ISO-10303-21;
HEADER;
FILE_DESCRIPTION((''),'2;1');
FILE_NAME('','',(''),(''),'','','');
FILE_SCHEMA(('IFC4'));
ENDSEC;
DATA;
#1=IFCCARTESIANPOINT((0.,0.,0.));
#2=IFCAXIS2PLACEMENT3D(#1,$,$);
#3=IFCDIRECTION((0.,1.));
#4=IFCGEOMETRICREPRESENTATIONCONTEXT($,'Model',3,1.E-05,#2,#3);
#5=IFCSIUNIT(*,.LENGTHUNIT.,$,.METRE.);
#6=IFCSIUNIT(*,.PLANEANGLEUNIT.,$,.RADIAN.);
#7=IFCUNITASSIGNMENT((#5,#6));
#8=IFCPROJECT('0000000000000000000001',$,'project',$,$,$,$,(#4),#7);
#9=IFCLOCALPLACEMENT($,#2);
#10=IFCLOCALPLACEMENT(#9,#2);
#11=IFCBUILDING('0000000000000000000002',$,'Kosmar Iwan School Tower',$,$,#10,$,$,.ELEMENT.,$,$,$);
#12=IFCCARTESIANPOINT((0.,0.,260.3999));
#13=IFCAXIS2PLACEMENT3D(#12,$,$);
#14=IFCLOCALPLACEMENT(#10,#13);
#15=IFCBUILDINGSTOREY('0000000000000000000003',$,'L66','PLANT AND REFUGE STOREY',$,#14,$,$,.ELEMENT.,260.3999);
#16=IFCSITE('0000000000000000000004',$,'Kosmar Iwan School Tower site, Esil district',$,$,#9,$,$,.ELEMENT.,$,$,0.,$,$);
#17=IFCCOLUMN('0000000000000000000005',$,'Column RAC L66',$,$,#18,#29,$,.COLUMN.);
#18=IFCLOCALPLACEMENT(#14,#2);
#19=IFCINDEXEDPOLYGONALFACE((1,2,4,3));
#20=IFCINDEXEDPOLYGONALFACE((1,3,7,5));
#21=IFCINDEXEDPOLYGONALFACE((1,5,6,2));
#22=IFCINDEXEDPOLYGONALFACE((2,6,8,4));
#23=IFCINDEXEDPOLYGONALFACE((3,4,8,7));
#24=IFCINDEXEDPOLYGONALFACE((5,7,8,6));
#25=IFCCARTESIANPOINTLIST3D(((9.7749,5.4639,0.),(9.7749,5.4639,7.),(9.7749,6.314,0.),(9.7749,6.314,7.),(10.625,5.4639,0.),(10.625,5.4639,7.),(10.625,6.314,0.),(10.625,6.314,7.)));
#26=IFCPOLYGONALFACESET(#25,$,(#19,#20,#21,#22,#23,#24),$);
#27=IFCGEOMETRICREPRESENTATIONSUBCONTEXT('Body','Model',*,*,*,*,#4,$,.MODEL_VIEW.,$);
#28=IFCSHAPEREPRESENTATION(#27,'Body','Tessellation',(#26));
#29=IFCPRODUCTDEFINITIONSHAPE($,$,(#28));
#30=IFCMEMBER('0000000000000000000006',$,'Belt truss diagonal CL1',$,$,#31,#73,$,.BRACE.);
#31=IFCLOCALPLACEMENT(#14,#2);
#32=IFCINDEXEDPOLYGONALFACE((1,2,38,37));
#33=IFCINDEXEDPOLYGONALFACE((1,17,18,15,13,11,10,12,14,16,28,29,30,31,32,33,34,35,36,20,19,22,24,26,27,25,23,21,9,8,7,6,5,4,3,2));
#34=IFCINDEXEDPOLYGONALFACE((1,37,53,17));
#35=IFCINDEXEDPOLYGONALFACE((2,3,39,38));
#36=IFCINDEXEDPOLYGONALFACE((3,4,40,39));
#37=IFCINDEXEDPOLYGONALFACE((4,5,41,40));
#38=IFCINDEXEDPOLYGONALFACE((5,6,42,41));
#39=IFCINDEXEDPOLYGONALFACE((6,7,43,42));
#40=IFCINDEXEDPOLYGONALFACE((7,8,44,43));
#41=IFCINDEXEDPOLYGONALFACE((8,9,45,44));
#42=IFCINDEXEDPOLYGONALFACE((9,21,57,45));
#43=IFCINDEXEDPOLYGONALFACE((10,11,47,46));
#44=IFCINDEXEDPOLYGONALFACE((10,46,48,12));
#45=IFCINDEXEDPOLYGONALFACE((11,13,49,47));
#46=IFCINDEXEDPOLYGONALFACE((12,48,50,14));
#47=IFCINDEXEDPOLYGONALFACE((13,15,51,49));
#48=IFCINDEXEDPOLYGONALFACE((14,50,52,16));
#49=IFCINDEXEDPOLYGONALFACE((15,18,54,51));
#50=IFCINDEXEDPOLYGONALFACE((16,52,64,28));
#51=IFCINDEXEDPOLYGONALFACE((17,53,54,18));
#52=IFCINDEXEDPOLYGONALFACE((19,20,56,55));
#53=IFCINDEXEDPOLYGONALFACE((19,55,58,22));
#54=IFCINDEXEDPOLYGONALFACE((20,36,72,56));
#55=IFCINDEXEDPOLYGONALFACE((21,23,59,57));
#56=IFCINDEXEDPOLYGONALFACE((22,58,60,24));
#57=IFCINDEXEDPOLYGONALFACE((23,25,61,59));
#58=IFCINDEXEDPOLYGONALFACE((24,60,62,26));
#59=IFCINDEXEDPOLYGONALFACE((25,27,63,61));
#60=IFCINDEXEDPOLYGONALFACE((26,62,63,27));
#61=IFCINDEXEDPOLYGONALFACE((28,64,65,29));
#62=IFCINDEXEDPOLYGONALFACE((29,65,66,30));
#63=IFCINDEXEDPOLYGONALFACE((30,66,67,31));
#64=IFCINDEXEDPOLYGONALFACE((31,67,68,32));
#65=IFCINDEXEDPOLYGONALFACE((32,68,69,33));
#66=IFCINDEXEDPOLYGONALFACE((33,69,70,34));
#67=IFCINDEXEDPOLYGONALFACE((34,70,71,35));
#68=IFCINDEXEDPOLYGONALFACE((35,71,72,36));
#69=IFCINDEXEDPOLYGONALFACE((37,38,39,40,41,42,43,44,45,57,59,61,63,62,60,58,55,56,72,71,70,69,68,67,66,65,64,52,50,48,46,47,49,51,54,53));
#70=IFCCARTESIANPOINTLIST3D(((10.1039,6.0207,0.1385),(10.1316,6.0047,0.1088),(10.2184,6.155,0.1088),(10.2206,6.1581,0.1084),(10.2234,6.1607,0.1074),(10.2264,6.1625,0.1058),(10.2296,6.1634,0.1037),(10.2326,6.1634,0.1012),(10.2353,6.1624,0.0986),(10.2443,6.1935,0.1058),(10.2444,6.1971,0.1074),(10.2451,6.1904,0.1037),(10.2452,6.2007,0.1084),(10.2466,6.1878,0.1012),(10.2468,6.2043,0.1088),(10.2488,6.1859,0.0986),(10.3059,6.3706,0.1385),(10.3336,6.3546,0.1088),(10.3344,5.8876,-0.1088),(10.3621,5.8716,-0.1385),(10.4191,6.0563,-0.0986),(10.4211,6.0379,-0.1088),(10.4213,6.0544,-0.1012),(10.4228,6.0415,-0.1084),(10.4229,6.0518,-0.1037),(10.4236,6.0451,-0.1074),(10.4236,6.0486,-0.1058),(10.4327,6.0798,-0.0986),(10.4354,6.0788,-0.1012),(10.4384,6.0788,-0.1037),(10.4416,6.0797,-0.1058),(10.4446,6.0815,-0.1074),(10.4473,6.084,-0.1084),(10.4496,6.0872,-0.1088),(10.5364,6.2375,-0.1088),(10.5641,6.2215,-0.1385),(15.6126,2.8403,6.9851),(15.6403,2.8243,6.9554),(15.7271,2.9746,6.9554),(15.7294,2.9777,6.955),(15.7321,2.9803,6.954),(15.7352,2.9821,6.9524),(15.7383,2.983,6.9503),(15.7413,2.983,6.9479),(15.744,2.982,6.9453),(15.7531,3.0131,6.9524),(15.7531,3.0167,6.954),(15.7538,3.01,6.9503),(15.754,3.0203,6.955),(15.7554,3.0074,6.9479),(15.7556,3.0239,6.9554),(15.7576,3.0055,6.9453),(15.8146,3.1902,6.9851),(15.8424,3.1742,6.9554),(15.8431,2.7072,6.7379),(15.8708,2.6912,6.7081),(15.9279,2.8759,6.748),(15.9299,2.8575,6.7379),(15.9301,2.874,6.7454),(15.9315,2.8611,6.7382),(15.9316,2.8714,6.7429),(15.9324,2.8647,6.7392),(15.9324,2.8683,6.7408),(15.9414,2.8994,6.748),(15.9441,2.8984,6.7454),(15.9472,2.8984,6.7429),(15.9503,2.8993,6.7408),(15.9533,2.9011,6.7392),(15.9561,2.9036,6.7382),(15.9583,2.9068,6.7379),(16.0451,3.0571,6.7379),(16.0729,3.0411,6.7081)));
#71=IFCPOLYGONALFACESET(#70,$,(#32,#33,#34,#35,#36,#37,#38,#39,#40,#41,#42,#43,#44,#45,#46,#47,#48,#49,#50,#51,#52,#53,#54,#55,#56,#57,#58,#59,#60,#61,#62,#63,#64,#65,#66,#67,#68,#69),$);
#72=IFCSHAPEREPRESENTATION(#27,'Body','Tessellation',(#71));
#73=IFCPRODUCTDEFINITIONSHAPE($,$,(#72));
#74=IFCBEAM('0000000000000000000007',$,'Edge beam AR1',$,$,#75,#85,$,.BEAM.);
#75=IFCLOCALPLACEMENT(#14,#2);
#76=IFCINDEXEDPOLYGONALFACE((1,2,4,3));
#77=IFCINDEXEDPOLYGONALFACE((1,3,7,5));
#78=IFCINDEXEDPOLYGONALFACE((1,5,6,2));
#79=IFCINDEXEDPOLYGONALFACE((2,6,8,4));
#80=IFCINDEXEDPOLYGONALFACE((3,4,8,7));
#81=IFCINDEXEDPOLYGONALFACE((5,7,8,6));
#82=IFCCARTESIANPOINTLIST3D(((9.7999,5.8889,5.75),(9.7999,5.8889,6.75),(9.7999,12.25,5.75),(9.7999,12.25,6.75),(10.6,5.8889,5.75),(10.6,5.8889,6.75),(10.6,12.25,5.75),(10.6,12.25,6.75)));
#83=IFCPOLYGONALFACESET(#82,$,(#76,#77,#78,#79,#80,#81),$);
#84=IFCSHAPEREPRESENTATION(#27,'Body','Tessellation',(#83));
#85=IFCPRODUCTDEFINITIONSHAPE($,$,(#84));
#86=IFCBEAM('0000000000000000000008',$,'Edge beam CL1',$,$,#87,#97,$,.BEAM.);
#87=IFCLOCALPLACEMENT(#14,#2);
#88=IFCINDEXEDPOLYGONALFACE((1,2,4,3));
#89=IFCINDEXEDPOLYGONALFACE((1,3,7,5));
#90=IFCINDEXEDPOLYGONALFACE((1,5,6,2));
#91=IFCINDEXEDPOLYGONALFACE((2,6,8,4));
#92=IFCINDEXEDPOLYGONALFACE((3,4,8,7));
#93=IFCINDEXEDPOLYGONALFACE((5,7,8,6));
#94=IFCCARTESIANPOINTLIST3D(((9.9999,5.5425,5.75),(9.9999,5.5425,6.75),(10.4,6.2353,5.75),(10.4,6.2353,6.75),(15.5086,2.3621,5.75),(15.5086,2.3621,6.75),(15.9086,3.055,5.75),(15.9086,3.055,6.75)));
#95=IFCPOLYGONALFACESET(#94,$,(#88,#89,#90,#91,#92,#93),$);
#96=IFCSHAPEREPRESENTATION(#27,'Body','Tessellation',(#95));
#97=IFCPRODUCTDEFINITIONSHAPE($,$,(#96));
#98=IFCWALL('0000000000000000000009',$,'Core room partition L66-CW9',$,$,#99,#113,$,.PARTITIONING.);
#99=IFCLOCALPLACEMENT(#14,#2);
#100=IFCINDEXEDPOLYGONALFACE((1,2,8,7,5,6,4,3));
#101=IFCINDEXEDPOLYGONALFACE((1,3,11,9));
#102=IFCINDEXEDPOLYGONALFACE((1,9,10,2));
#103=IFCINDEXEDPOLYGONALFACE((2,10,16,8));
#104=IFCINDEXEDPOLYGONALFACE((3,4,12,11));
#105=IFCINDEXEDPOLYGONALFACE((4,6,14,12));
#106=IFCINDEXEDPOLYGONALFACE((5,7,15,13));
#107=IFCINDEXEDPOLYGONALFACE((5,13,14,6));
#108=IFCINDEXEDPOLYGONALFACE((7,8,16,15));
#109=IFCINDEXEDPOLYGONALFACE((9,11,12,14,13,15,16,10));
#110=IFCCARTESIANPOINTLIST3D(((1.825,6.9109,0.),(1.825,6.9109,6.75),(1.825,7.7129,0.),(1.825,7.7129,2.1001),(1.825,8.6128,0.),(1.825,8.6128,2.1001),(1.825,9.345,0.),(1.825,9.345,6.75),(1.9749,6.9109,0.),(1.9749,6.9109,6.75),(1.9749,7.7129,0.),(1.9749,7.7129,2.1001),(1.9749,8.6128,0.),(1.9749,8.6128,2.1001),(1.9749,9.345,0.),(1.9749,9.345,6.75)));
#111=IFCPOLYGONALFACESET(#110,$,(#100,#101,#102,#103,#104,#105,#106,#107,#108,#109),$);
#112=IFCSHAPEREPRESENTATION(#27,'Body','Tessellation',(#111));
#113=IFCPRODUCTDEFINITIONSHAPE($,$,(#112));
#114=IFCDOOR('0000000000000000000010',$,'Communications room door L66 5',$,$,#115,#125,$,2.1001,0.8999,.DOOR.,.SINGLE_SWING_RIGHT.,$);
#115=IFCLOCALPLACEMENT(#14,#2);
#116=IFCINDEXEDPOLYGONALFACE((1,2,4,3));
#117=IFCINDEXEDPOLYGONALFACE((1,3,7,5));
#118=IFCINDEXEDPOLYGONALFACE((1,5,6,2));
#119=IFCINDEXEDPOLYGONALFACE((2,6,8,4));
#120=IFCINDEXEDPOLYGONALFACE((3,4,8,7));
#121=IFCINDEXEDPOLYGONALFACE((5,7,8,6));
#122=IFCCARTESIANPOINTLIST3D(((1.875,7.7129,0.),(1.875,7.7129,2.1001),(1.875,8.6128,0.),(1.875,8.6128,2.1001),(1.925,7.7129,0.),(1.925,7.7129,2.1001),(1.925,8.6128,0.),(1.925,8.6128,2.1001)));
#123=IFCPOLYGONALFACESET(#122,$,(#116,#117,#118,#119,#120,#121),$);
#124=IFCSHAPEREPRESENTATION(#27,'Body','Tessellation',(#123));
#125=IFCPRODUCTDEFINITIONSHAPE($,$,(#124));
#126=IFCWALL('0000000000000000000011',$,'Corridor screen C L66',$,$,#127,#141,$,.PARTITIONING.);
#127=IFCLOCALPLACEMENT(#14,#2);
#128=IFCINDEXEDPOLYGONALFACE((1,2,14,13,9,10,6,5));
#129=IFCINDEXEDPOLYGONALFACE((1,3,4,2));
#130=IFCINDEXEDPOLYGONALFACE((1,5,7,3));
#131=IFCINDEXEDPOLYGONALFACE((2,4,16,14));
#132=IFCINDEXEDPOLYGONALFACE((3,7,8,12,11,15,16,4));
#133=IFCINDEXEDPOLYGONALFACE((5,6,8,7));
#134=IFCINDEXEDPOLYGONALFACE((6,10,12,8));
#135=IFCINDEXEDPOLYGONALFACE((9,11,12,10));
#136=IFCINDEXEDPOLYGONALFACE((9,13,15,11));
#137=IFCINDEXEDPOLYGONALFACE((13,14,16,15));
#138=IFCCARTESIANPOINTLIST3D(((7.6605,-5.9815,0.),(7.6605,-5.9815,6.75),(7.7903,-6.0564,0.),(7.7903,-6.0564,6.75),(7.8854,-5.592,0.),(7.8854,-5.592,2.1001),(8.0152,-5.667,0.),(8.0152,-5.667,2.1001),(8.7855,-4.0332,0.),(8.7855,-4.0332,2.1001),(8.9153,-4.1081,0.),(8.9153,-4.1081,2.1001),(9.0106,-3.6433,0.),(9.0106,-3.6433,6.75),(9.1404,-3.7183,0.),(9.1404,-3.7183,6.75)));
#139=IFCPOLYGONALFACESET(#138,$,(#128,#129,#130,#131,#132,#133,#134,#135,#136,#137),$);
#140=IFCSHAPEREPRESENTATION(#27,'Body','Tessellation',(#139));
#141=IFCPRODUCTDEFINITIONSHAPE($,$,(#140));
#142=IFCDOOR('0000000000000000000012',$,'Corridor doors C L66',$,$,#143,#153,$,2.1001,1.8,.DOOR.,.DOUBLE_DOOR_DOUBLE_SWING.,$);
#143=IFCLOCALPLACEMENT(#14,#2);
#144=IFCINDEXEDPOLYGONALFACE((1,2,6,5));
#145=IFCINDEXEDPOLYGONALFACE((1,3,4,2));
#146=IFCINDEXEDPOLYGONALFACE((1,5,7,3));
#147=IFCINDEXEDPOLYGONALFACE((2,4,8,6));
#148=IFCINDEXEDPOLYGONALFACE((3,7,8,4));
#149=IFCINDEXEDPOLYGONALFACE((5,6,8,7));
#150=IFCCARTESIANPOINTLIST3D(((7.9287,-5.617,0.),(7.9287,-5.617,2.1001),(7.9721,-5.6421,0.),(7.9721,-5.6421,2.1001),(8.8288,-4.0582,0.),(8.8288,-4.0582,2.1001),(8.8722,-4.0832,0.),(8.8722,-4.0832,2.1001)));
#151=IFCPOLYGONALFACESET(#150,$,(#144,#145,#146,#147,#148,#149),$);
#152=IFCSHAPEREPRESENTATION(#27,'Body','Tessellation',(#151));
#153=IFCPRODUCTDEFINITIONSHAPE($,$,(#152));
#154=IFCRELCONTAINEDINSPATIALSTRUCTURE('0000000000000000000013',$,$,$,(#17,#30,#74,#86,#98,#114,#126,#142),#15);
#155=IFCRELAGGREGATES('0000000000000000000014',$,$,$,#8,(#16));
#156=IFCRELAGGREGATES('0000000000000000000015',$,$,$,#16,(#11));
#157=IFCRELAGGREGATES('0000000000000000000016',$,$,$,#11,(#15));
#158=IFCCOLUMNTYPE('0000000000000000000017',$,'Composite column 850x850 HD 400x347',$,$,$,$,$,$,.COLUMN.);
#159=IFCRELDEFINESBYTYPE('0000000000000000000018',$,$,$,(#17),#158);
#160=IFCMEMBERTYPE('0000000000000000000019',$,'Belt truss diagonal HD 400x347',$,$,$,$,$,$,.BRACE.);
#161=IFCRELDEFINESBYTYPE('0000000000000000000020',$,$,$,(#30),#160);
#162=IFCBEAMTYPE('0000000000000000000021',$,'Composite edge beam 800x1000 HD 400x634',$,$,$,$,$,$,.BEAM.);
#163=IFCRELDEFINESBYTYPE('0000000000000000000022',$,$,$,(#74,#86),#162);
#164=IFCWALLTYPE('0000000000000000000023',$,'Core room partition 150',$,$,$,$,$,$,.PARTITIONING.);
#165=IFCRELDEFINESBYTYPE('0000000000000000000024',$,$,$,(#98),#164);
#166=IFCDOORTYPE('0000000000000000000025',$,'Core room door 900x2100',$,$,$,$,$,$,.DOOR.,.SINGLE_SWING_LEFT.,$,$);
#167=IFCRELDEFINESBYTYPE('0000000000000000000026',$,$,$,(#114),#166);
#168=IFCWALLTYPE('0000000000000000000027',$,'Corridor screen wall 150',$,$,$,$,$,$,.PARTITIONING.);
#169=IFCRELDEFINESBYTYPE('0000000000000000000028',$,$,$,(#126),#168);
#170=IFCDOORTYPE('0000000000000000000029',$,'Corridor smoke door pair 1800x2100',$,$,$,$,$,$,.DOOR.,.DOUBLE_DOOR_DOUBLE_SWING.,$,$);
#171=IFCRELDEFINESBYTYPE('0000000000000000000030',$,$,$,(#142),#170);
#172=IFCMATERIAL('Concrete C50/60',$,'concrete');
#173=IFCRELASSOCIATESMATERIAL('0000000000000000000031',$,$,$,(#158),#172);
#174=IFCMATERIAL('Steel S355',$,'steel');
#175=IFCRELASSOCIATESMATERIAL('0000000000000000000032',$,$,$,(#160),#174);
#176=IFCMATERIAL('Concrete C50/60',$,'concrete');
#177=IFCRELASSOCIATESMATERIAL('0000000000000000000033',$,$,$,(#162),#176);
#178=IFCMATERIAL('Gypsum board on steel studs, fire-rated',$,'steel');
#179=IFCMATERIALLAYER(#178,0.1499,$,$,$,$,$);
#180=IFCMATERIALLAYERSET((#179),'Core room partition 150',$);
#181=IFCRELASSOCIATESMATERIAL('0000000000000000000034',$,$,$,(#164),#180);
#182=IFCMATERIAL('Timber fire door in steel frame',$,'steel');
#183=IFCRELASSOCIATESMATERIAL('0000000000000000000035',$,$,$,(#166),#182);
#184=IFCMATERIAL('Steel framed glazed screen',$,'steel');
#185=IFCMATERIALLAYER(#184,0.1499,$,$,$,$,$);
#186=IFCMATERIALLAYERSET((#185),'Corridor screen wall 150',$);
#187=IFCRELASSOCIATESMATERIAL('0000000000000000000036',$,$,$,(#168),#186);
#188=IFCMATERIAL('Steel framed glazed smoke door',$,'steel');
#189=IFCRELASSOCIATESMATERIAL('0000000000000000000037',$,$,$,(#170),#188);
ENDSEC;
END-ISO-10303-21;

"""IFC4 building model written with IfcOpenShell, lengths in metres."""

from ifc_helpers import new_model, si_unit, direction, frame, frame_2d, origin, origin_2d, place, context, subcontext, project, spatial, rectangle, i_section, extrude, material, layer, layer_set, material_profile, profile_set, type_object, element, fill, save


model = new_model("IFC4")

# Units and contexts
model_context = context("Model", 3, precision=1e-05, world=origin(), true_north=direction((0.0, 1.0)))
body_context = subcontext(model_context, "Body", "Model", "MODEL_VIEW")
ifc_project = project(units=[si_unit("LENGTHUNIT", "METRE"), si_unit("PLANEANGLEUNIT", "RADIAN")], contexts=[model_context])

# Site, building, storey
site_placement = place(None, origin())
site = spatial("IfcSite", under=ifc_project, at=site_placement, Name="Kosmar Iwan School Tower site, Esil district", CompositionType="ELEMENT", RefElevation=0.0)
building_placement = place(site_placement, origin())
building = spatial("IfcBuilding", under=site, at=building_placement, Name="Kosmar Iwan School Tower", CompositionType="ELEMENT")
storey_placement = place(building_placement, frame((0.0, 0.0, 260.3999)))
storey = spatial("IfcBuildingStorey", under=building, at=storey_placement, Name="L66", Description="PLANT AND REFUGE STOREY", CompositionType="ELEMENT", Elevation=260.3999)

# Column
ifc_material_1 = material(Name="Concrete C50/60", Category="concrete")
ifc_material_profile_1 = material_profile(ifc_material_1, rectangle(XDim=0.8501, YDim=0.8501, at=origin_2d()), Name="RC 850x850 + HD 400x347")
ifc_profile_set_1 = profile_set([ifc_material_profile_1], Name="Concrete C50/60")
column_type = type_object("IfcColumnType", Name="Composite column 850x850 HD 400x347", PredefinedType="COLUMN", material=ifc_profile_set_1)
column_placement = place(storey_placement, frame((10.2, 5.8889, 0.0), z_axis=(0.0, 0.0, 1.0), x_axis=(1.0, 0.0, 0.0)))
element("IfcColumn", 1, at=column_placement, inside=storey, type_object=column_type, Name="Column RAC L66", PredefinedType="COLUMN", context=body_context, shape_type="SweptSolid", body=[
    extrude(rectangle(XDim=0.8501, YDim=0.8501, at=origin_2d()), origin(), (0.0, 0.0, 1.0), 7.0),
])

# Member
ifc_material_2 = material(Name="Steel S355", Category="steel")
ifc_material_profile_2 = material_profile(ifc_material_2, i_section(OverallWidth=0.4041, OverallDepth=0.407, WebThickness=0.0271, FlangeThickness=0.0437, FilletRadius=0.0149, at=origin_2d()), Name="HD 400x347")
ifc_profile_set_2 = profile_set([ifc_material_profile_2], Name="Steel S355")
member_type = type_object("IfcMemberType", Name="Belt truss diagonal HD 400x347", PredefinedType="BRACE", material=ifc_profile_set_2)
member_placement = place(storey_placement, frame((10.334, 6.1211, 0.0), z_axis=(0.589457, -0.340315, 0.732616), x_axis=(0.49999, 0.866031, 0.0)))
element("IfcMember", 2, at=member_placement, inside=storey, type_object=member_type, Name="Belt truss diagonal CL1", PredefinedType="BRACE", context=body_context, shape_type="SweptSolid", body=[
    extrude(i_section(OverallWidth=0.4041, OverallDepth=0.407, WebThickness=0.0271, FlangeThickness=0.0437, FilletRadius=0.0149, at=origin_2d()), origin(), (0.0, 0.0, 1.0), 9.3455),
])

# Beams
ifc_material_3 = material(Name="Concrete C50/60", Category="concrete")
ifc_material_profile_3 = material_profile(ifc_material_3, rectangle(XDim=0.8, YDim=1.0, at=origin_2d()), Name="RC 800x1000 + HD 400x634")
ifc_profile_set_3 = profile_set([ifc_material_profile_3], Name="Concrete C50/60")
beam_type = type_object("IfcBeamType", Name="Composite edge beam 800x1000 HD 400x634", PredefinedType="BEAM", material=ifc_profile_set_3)
beam_1_placement = place(storey_placement, frame((10.2, 5.8889, 6.25), z_axis=(0.0, 1.0, 0.0), x_axis=(-1.0, 0.0, 0.0)))
element("IfcBeam", 3, at=beam_1_placement, inside=storey, type_object=beam_type, Name="Edge beam AR1", PredefinedType="BEAM", context=body_context, shape_type="SweptSolid", body=[
    extrude(rectangle(XDim=0.8, YDim=1.0, at=origin_2d()), origin(), (0.0, 0.0, 1.0), 6.3611),
])
beam_2_placement = place(storey_placement, frame((10.2, 5.8889, 6.25), z_axis=(0.866031, -0.49999, 0.0), x_axis=(0.49999, 0.866031, 0.0)))
element("IfcBeam", 4, at=beam_2_placement, inside=storey, type_object=beam_type, Name="Edge beam CL1", PredefinedType="BEAM", context=body_context, shape_type="SweptSolid", body=[
    extrude(rectangle(XDim=0.8, YDim=1.0, at=origin_2d()), origin(), (0.0, 0.0, 1.0), 6.3608),
])

# Walls, openings, doors
ifc_material_4 = material(Name="Gypsum board on steel studs, fire-rated", Category="steel")
ifc_layer_1 = layer(ifc_material_4, 0.1499)
ifc_layer_set_1 = layer_set([ifc_layer_1], Name="Core room partition 150")
wall_type_1 = type_object("IfcWallType", Name="Core room partition 150", PredefinedType="PARTITIONING", material=ifc_layer_set_1)
wall_1_placement = place(storey_placement, frame((1.8999, 6.9109, 0.0), z_axis=(0.0, 0.0, 1.0), x_axis=(0.0, 1.0, 0.0)))
wall_1 = element("IfcWall", 5, at=wall_1_placement, inside=storey, type_object=wall_type_1, Name="Core room partition L66-CW9", PredefinedType="PARTITIONING", context=body_context, shape_type="SweptSolid", body=[
    extrude(rectangle(XDim=2.4341, YDim=0.1499, at=frame_2d((1.217, 0.0))), origin(), (0.0, 0.0, 1.0), 6.75),
])
opening_1_placement = place(wall_1_placement, frame((0.802, 0.0, 0.0)))
opening_1 = element("IfcOpeningElement", 6, at=opening_1_placement, cuts=wall_1, PredefinedType="OPENING", context=body_context, shape_type="SweptSolid", body=[
    extrude(rectangle(XDim=0.8999, YDim=2.1001, at=frame_2d((0.45, 1.05))), frame((0.0, 0.0869, 0.0), z_axis=(0.0, -1.0, 0.0), x_axis=(1.0, 0.0, 0.0)), (0.0, 0.0, 1.0), 0.1738),
])
ifc_material_5 = material(Name="Timber fire door in steel frame", Category="steel")
door_type_1 = type_object("IfcDoorType", Name="Core room door 900x2100", OperationType="SINGLE_SWING_LEFT", PredefinedType="DOOR", material=ifc_material_5)
door_1_placement = place(opening_1_placement, origin())
door_1 = element("IfcDoor", 7, at=door_1_placement, inside=storey, type_object=door_type_1, Name="Communications room door L66 5", OperationType="SINGLE_SWING_RIGHT", OverallHeight=2.1001, OverallWidth=0.8999, PredefinedType="DOOR", context=body_context, shape_type="SweptSolid", body=[
    extrude(rectangle(XDim=0.8999, YDim=2.1001, at=frame_2d((0.45, 1.05))), frame((0.0, 0.0249, 0.0), z_axis=(0.0, -1.0, 0.0), x_axis=(1.0, 0.0, 0.0)), (0.0, 0.0, 1.0), 0.05),
])
fill(opening_1, door_1)
ifc_material_6 = material(Name="Steel framed glazed screen", Category="steel")
ifc_layer_2 = layer(ifc_material_6, 0.1499)
ifc_layer_set_2 = layer_set([ifc_layer_2], Name="Corridor screen wall 150")
wall_type_2 = type_object("IfcWallType", Name="Corridor screen wall 150", PredefinedType="PARTITIONING", material=ifc_layer_set_2)
wall_2_placement = place(storey_placement, frame((7.7253, -6.019, 0.0), z_axis=(0.0, 0.0, 1.0), x_axis=(0.500049, 0.865997, 0.0)))
wall_2 = element("IfcWall", 8, at=wall_2_placement, inside=storey, type_object=wall_type_2, Name="Corridor screen C L66", PredefinedType="PARTITIONING", context=body_context, shape_type="SweptSolid", body=[
    extrude(rectangle(XDim=2.7, YDim=0.1499, at=frame_2d((1.3501, 0.0))), origin(), (0.0, 0.0, 1.0), 6.75),
])
opening_2_placement = place(wall_2_placement, frame((0.45, 0.0, 0.0)))
opening_2 = element("IfcOpeningElement", 9, at=opening_2_placement, cuts=wall_2, PredefinedType="OPENING", context=body_context, shape_type="SweptSolid", body=[
    extrude(rectangle(XDim=1.8, YDim=2.1001, at=frame_2d((0.8999, 1.05))), frame((0.0, 0.0869, 0.0), z_axis=(0.0, -1.0, 0.0), x_axis=(1.0, 0.0, 0.0)), (0.0, 0.0, 1.0), 0.1738),
])
ifc_material_7 = material(Name="Steel framed glazed smoke door", Category="steel")
door_type_2 = type_object("IfcDoorType", Name="Corridor smoke door pair 1800x2100", OperationType="DOUBLE_DOOR_DOUBLE_SWING", PredefinedType="DOOR", material=ifc_material_7)
door_2_placement = place(opening_2_placement, origin())
door_2 = element("IfcDoor", 10, at=door_2_placement, inside=storey, type_object=door_type_2, Name="Corridor doors C L66", OperationType="DOUBLE_DOOR_DOUBLE_SWING", OverallHeight=2.1001, OverallWidth=1.8, PredefinedType="DOOR", context=body_context, shape_type="SweptSolid", body=[
    extrude(rectangle(XDim=1.8, YDim=2.1001, at=frame_2d((0.8999, 1.05))), frame((0.0, 0.0249, 0.0), z_axis=(0.0, -1.0, 0.0), x_axis=(1.0, 0.0, 0.0)), (0.0, 0.0, 1.0), 0.05),
])
fill(opening_2, door_2)

save(model, "model.ifc")
